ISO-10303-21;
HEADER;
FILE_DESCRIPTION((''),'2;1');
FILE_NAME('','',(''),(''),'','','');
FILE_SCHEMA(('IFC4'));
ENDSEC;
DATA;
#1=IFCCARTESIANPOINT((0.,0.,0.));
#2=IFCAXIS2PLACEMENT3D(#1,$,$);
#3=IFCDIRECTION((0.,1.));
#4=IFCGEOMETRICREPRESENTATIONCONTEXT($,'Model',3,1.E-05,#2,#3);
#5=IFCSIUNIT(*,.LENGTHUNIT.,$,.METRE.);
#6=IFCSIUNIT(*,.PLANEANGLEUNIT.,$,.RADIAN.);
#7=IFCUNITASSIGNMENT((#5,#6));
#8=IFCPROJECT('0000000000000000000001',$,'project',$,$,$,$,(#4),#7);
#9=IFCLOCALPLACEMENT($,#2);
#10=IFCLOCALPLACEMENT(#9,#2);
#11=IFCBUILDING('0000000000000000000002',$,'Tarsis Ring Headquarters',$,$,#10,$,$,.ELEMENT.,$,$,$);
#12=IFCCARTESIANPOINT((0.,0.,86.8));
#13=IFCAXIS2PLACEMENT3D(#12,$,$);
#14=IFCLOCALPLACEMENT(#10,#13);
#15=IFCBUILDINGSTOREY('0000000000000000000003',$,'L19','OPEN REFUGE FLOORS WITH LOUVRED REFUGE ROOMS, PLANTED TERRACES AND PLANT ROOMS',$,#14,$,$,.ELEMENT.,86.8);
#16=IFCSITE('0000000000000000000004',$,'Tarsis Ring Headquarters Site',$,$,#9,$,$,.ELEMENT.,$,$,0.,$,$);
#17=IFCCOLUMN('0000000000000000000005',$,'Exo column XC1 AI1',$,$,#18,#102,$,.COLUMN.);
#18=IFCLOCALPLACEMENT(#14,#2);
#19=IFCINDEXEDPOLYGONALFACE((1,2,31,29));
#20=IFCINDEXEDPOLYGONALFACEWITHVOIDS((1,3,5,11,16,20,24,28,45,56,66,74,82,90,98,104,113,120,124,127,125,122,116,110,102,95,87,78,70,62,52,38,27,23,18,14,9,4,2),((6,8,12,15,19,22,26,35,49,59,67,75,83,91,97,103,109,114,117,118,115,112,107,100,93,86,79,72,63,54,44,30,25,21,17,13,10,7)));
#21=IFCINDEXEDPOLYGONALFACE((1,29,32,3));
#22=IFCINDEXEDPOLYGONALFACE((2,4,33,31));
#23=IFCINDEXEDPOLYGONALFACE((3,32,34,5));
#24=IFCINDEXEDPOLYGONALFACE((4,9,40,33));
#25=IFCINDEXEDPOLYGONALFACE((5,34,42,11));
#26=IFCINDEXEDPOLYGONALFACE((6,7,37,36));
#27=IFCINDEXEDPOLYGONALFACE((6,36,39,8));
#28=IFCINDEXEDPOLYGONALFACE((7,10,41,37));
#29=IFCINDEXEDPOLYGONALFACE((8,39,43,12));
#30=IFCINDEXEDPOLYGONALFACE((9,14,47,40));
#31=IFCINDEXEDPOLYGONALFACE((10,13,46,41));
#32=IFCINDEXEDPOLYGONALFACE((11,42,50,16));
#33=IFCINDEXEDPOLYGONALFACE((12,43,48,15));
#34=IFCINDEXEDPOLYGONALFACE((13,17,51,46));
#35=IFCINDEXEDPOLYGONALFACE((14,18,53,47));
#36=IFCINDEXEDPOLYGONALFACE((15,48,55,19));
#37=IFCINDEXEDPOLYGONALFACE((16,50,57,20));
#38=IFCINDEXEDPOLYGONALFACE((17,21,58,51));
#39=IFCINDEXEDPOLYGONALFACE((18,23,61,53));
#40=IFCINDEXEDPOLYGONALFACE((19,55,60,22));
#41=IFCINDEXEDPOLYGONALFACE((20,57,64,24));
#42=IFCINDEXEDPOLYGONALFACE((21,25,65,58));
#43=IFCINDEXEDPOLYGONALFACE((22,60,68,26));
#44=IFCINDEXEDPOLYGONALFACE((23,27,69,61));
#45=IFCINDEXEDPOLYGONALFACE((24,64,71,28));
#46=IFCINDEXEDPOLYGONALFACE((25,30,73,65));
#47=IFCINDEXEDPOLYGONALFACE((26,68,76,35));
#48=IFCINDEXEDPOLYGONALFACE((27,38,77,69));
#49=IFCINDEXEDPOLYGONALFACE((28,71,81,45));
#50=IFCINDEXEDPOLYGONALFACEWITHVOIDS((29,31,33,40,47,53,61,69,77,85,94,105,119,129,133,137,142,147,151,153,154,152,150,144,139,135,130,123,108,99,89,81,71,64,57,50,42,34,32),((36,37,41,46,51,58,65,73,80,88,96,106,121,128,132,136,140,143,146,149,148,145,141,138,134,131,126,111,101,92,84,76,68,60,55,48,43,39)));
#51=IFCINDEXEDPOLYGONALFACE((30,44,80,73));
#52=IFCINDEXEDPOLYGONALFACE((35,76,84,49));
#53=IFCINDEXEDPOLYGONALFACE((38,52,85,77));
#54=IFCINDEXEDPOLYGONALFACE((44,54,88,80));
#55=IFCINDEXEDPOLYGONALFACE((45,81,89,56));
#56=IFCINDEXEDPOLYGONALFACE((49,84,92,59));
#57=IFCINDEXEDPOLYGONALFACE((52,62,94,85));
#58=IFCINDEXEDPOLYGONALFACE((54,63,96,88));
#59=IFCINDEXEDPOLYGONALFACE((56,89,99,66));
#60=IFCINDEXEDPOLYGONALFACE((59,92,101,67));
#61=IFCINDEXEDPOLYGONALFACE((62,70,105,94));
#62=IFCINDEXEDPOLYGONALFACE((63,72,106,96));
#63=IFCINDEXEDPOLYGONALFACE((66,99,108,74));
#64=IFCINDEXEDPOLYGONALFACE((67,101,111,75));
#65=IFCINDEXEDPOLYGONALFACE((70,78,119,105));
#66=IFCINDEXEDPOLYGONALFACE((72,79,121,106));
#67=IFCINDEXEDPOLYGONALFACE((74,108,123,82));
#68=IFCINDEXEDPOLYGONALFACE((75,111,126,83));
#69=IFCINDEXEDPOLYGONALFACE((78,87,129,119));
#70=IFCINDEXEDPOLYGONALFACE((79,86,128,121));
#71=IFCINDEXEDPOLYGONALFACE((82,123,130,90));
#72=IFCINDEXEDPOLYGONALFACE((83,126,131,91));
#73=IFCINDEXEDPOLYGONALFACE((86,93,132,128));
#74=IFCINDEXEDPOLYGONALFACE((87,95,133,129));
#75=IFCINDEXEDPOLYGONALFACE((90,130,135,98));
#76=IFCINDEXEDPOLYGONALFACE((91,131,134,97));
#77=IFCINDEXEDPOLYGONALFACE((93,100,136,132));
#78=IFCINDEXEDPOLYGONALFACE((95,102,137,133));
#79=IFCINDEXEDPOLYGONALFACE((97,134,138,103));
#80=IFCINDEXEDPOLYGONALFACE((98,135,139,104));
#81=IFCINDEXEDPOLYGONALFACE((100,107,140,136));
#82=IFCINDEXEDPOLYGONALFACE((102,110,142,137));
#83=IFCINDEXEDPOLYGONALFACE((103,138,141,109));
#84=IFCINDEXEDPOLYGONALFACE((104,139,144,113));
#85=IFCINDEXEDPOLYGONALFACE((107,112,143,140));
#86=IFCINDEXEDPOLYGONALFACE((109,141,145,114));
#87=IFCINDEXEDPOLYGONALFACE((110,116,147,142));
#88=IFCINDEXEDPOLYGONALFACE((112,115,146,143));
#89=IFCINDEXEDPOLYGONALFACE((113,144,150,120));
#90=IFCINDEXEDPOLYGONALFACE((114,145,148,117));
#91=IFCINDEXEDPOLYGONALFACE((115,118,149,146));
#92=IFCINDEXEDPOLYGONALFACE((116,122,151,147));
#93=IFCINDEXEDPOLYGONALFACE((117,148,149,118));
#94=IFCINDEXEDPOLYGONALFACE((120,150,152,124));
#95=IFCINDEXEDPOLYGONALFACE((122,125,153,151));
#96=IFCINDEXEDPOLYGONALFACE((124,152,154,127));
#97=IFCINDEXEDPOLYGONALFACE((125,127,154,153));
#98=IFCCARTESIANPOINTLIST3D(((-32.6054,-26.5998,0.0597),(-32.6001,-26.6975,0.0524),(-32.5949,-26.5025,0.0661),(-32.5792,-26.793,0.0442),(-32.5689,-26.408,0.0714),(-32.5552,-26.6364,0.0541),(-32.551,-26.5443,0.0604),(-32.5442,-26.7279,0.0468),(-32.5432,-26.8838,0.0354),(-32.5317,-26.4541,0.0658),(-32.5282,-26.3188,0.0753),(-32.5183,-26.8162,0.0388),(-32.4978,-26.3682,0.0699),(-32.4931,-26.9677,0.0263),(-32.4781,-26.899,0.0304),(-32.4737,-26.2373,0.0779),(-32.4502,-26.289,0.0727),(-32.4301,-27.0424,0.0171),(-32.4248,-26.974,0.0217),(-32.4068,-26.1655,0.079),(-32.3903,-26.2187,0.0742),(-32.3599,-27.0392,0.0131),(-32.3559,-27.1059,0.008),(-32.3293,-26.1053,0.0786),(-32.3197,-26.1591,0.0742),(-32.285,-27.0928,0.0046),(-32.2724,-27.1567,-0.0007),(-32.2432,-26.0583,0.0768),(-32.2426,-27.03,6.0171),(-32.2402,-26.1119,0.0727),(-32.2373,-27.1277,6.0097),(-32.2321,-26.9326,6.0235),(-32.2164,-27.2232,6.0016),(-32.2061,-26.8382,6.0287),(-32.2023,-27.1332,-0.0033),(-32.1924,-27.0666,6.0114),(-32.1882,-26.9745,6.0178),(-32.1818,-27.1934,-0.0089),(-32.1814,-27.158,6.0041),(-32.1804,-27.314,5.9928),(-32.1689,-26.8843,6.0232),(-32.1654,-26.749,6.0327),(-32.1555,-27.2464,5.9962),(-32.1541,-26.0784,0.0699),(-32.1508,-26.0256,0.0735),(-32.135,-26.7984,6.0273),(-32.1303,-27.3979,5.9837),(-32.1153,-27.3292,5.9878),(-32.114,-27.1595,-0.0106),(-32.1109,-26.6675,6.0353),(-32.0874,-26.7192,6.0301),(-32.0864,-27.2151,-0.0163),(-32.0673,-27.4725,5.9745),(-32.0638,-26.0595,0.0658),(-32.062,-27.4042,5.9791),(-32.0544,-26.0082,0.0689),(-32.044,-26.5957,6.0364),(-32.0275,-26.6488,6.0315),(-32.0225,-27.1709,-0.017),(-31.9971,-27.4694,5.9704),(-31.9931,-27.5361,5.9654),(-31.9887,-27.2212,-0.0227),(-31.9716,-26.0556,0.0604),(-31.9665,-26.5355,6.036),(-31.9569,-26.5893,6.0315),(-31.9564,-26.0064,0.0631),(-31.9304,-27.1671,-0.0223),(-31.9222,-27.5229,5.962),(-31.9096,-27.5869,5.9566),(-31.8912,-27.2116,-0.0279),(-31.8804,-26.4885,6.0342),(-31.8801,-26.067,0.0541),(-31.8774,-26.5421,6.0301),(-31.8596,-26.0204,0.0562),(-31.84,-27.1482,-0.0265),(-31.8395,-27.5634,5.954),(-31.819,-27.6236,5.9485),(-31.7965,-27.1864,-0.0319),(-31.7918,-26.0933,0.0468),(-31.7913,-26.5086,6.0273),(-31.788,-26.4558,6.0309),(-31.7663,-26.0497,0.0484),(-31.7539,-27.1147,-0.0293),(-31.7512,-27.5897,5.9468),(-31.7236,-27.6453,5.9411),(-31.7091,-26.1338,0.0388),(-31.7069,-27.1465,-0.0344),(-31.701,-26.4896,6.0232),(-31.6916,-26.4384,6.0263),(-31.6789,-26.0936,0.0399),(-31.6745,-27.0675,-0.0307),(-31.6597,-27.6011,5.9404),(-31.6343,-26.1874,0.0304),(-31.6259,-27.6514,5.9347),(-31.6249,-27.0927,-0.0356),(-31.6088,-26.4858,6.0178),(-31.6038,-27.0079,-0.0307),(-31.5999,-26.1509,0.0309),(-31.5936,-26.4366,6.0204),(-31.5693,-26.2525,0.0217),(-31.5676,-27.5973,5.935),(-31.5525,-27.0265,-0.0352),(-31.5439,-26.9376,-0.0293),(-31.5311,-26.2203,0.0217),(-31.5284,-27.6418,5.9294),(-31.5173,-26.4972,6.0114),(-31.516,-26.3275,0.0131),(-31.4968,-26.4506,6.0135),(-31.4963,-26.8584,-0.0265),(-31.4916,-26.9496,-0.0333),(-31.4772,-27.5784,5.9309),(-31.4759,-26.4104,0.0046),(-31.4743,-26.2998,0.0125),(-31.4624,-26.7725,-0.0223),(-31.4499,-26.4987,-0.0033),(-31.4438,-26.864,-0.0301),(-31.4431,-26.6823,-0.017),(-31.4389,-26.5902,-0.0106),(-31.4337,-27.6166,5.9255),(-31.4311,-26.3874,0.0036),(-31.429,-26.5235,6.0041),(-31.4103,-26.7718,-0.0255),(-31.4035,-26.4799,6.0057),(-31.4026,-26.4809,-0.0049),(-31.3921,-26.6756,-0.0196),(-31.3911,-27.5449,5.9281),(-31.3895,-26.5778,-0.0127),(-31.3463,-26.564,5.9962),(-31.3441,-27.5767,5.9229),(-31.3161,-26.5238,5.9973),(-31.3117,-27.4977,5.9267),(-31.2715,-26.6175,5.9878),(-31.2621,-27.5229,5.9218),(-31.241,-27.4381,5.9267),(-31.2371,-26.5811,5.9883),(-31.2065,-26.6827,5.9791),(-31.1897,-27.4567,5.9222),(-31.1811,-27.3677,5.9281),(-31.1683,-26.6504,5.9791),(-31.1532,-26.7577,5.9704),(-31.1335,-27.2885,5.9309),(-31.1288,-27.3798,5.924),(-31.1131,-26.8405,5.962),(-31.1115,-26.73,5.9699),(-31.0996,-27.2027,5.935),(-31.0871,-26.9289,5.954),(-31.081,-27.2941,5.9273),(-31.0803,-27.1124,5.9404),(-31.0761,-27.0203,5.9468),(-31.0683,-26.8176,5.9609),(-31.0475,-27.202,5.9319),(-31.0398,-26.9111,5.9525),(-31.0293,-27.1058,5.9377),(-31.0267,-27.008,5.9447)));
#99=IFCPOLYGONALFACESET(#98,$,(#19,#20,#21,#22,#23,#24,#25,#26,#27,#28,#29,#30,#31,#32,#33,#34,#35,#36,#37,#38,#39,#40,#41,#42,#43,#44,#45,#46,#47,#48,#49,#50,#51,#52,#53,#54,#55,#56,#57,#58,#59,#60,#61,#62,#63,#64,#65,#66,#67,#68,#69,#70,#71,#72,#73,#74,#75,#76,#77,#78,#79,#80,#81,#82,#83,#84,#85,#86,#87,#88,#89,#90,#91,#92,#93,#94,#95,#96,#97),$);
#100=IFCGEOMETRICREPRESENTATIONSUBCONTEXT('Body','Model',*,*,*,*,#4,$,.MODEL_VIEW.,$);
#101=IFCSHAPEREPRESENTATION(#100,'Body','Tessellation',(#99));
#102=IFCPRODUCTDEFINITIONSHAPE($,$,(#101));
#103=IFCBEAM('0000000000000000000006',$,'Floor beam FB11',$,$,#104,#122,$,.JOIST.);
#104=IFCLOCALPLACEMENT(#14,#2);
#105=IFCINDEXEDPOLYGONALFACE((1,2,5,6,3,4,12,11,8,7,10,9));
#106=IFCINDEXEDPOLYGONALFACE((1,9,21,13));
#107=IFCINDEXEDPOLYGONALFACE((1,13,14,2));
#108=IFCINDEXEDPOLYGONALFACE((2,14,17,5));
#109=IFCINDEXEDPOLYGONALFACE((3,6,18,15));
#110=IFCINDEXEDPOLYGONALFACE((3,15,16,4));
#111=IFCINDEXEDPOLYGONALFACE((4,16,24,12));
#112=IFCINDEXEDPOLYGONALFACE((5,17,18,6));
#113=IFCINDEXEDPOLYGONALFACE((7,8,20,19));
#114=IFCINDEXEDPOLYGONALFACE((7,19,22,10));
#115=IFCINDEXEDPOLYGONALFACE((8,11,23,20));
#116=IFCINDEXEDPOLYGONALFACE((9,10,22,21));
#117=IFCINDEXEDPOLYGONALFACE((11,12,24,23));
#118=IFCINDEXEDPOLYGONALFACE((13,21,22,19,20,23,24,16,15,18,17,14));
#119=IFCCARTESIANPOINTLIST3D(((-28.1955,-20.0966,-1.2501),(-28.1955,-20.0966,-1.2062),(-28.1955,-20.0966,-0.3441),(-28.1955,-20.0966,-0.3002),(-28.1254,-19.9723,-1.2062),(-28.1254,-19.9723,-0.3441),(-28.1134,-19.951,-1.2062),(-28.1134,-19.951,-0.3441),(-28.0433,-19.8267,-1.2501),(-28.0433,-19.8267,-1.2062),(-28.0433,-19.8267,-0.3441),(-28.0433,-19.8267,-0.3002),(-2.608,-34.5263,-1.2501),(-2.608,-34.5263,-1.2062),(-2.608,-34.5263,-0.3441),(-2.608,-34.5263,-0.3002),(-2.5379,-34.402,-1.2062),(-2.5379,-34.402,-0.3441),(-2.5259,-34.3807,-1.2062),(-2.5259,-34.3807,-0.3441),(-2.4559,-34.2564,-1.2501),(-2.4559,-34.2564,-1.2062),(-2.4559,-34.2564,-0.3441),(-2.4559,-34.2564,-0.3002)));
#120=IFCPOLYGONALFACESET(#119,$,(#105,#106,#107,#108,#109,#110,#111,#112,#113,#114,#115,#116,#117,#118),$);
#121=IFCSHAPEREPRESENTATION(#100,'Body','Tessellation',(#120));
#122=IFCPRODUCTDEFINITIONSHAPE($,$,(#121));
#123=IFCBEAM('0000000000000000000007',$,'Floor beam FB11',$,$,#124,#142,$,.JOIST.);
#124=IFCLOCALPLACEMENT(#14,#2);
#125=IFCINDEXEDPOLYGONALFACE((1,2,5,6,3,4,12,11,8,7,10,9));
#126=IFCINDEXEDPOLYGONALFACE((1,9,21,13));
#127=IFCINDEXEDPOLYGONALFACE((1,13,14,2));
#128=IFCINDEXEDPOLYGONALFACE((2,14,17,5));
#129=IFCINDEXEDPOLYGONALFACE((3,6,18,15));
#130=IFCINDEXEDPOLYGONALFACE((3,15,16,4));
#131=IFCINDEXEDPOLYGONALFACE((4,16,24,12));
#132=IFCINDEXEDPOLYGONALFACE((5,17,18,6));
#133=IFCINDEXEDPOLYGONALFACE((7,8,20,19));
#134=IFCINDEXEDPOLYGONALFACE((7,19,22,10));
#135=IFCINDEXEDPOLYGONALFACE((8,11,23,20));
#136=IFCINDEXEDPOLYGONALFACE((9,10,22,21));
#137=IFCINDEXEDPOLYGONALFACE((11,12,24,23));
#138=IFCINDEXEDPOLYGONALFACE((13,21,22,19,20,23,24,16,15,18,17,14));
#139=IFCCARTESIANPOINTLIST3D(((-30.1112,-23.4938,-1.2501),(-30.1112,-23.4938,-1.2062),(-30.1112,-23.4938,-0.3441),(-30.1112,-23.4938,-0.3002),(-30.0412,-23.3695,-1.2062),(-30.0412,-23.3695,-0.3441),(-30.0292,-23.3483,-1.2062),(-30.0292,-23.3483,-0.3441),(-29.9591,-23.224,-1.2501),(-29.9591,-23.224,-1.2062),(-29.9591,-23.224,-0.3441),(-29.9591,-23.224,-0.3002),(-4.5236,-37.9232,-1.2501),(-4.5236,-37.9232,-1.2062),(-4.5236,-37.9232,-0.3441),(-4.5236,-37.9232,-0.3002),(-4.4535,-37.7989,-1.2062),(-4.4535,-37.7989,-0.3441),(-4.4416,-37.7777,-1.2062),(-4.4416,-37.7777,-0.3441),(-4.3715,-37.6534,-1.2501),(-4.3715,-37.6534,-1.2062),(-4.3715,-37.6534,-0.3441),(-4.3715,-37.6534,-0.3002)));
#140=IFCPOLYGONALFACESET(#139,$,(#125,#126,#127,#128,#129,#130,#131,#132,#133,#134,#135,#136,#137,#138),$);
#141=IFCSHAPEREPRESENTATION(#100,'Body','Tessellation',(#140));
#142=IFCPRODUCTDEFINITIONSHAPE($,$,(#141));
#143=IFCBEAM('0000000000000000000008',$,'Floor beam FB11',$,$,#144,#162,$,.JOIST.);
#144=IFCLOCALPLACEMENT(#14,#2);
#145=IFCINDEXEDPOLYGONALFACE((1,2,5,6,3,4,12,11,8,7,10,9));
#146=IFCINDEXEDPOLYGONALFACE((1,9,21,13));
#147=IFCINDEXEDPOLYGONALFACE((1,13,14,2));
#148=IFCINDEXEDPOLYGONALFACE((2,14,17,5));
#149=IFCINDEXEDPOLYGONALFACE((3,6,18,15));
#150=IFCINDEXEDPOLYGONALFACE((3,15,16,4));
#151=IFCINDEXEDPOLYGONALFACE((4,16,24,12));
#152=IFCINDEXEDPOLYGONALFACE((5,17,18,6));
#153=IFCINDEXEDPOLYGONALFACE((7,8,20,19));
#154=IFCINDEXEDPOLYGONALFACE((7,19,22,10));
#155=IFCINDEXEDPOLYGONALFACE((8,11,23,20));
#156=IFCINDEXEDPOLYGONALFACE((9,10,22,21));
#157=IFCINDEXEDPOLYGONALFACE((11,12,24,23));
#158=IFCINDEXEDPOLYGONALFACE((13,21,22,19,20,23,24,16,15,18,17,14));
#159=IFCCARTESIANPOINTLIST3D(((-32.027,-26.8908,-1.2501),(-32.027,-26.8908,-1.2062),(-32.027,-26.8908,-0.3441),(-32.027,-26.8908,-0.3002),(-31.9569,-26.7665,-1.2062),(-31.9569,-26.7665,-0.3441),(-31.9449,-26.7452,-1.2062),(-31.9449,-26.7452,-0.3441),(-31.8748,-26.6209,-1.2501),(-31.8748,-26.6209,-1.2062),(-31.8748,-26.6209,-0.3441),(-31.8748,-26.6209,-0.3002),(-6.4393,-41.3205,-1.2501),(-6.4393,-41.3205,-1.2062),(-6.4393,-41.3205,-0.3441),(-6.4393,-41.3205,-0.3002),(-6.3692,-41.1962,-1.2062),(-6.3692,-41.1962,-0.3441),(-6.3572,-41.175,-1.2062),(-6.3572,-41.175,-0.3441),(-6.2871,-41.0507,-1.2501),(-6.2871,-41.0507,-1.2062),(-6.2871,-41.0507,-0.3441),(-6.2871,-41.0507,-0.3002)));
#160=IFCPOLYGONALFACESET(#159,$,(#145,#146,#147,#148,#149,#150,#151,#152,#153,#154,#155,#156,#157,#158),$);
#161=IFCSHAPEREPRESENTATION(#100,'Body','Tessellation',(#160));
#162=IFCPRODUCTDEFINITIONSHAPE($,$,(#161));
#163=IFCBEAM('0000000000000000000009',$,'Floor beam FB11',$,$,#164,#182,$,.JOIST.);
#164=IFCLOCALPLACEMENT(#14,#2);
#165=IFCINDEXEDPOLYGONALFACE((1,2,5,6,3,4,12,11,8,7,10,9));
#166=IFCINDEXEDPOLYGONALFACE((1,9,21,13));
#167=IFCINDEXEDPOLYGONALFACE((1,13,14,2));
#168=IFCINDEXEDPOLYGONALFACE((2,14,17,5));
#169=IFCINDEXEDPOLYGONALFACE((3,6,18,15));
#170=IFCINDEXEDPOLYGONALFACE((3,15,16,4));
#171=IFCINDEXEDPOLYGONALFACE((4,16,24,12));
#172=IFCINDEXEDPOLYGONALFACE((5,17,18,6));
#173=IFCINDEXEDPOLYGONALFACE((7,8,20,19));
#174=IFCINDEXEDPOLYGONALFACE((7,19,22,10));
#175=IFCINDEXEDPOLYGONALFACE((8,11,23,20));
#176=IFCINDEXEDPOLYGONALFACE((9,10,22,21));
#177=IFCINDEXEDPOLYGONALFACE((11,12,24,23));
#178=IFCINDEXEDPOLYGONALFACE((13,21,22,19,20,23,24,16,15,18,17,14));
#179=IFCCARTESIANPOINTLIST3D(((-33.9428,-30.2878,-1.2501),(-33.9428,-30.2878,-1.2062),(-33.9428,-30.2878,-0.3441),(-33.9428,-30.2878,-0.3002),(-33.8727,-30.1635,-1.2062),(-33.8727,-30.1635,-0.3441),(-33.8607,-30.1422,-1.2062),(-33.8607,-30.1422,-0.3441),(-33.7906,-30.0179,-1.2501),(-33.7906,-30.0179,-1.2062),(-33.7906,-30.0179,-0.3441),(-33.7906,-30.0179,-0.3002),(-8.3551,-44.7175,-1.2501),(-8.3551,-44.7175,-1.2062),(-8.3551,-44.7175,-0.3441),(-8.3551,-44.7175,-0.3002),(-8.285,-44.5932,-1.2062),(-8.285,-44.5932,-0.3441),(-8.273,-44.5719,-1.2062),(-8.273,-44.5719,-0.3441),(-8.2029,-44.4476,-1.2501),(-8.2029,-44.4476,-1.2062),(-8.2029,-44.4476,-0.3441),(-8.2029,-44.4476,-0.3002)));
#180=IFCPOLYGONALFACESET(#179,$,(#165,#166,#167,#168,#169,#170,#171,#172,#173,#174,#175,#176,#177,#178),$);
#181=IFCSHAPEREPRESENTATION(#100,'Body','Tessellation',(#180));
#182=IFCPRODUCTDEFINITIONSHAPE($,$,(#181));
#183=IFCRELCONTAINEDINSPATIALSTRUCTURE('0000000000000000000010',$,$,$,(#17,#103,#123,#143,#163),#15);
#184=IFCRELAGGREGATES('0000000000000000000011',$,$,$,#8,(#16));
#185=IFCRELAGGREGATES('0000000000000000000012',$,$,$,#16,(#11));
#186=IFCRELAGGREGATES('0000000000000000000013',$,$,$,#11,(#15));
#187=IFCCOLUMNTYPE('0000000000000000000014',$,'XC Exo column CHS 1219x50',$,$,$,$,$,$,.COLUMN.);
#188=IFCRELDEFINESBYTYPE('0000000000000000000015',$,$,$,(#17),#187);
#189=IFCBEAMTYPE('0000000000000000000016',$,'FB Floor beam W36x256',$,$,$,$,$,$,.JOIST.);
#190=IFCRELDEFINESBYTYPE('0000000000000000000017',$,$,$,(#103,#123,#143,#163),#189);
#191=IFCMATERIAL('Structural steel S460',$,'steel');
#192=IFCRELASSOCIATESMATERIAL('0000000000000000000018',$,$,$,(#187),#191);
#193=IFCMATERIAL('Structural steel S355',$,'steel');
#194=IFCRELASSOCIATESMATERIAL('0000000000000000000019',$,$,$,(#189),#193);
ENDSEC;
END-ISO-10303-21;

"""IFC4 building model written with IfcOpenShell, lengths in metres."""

from ifc_helpers import new_model, si_unit, direction, frame, origin, origin_2d, place, context, subcontext, project, spatial, hollow_circle, i_section, extrude, material, material_profile, profile_set, type_object, element, save


model = new_model("IFC4")

# Units and contexts
model_context = context("Model", 3, precision=1e-05, world=origin(), true_north=direction((0.0, 1.0)))
body_context = subcontext(model_context, "Body", "Model", "MODEL_VIEW")
ifc_project = project(units=[si_unit("LENGTHUNIT", "METRE"), si_unit("PLANEANGLEUNIT", "RADIAN")], contexts=[model_context])

# Site, building, storey
site_placement = place(None, origin())
site = spatial("IfcSite", under=ifc_project, at=site_placement, Name="Tarsis Ring Headquarters Site", CompositionType="ELEMENT", RefElevation=0.0)
building_placement = place(site_placement, origin())
building = spatial("IfcBuilding", under=site, at=building_placement, Name="Tarsis Ring Headquarters", CompositionType="ELEMENT")
storey_placement = place(building_placement, frame((0.0, 0.0, 86.8)))
storey = spatial("IfcBuildingStorey", under=building, at=storey_placement, Name="L19", Description="OPEN REFUGE FLOORS WITH LOUVRED REFUGE ROOMS, PLANTED TERRACES AND PLANT ROOMS", CompositionType="ELEMENT", Elevation=86.8)

# Column
ifc_material_1 = material(Name="Structural steel S460", Category="steel")
ifc_material_profile_1 = material_profile(ifc_material_1, hollow_circle(Radius=0.6096, WallThickness=0.05, at=origin_2d()), Name="CHS 1219x50")
ifc_profile_set_1 = profile_set([ifc_material_profile_1], Name="Structural steel S460")
column_type = type_object("IfcColumnType", Name="XC Exo column CHS 1219x50", PredefinedType="COLUMN", material=ifc_profile_set_1)
column_placement = place(storey_placement, frame((-31.9971, -26.6133, 0.0217), z_axis=(0.060629, -0.07189, 0.995568), x_axis=(0.764438, 0.644697, 0.0)))
element("IfcColumn", 1, at=column_placement, inside=storey, type_object=column_type, Name="Exo column XC1 AI1", PredefinedType="COLUMN", context=body_context, shape_type="SweptSolid", body=[
    extrude(hollow_circle(Radius=0.6096, WallThickness=0.05, at=origin_2d()), origin(), (0.0, 0.0, 1.0), 5.9839),
])

# Beams
ifc_material_2 = material(Name="Structural steel S355", Category="steel")
ifc_material_profile_2 = material_profile(ifc_material_2, i_section(OverallWidth=0.3098, OverallDepth=0.95, WebThickness=0.0244, FlangeThickness=0.0439, at=origin_2d()), Name="W36x256")
ifc_profile_set_2 = profile_set([ifc_material_profile_2], Name="Structural steel S355")
beam_type_1 = type_object("IfcBeamType", Name="FB Floor beam W36x256", PredefinedType="JOIST", material=ifc_profile_set_2)
for number, where, z_axis, x_axis, name in (
    (2, (-28.1194, -19.9617, -0.7751), (0.87104, -0.491212, 0.0), (0.491212, 0.87104, 0.0), "Floor beam FB11"),
    (3, (-30.0352, -23.3589, -0.7751), (0.871046, -0.491202, 0.0), (0.491202, 0.871046, 0.0), "Floor beam FB11"),
):
    element("IfcBeam", number, at=place(storey_placement, frame(where, z_axis=z_axis, x_axis=x_axis)), inside=storey, type_object=beam_type_1, Name=name, PredefinedType="JOIST", context=body_context, shape_type="SweptSolid", body=[
        extrude(i_section(OverallWidth=0.3098, OverallDepth=0.95, WebThickness=0.0244, FlangeThickness=0.0439, at=origin_2d()), origin(), (0.0, 0.0, 1.0), 29.3757),
    ])
for number, where, z_axis, x_axis, name in (
    (4, (-31.9509, -26.7559, -0.7751), (0.871042, -0.491208, 0.0), (0.491208, 0.871042, 0.0), "Floor beam FB11"),
    (5, (-33.8667, -30.1528, -0.7751), (0.871042, -0.491208, 0.0), (0.491208, 0.871042, 0.0), "Floor beam FB11"),
):
    element("IfcBeam", number, at=place(storey_placement, frame(where, z_axis=z_axis, x_axis=x_axis)), inside=storey, type_object=beam_type_1, Name=name, PredefinedType="JOIST", context=body_context, shape_type="SweptSolid", body=[
        extrude(i_section(OverallWidth=0.3098, OverallDepth=0.95, WebThickness=0.0244, FlangeThickness=0.0439, at=origin_2d()), origin(), (0.0, 0.0, 1.0), 29.376),
    ])

save(model, "model.ifc")
